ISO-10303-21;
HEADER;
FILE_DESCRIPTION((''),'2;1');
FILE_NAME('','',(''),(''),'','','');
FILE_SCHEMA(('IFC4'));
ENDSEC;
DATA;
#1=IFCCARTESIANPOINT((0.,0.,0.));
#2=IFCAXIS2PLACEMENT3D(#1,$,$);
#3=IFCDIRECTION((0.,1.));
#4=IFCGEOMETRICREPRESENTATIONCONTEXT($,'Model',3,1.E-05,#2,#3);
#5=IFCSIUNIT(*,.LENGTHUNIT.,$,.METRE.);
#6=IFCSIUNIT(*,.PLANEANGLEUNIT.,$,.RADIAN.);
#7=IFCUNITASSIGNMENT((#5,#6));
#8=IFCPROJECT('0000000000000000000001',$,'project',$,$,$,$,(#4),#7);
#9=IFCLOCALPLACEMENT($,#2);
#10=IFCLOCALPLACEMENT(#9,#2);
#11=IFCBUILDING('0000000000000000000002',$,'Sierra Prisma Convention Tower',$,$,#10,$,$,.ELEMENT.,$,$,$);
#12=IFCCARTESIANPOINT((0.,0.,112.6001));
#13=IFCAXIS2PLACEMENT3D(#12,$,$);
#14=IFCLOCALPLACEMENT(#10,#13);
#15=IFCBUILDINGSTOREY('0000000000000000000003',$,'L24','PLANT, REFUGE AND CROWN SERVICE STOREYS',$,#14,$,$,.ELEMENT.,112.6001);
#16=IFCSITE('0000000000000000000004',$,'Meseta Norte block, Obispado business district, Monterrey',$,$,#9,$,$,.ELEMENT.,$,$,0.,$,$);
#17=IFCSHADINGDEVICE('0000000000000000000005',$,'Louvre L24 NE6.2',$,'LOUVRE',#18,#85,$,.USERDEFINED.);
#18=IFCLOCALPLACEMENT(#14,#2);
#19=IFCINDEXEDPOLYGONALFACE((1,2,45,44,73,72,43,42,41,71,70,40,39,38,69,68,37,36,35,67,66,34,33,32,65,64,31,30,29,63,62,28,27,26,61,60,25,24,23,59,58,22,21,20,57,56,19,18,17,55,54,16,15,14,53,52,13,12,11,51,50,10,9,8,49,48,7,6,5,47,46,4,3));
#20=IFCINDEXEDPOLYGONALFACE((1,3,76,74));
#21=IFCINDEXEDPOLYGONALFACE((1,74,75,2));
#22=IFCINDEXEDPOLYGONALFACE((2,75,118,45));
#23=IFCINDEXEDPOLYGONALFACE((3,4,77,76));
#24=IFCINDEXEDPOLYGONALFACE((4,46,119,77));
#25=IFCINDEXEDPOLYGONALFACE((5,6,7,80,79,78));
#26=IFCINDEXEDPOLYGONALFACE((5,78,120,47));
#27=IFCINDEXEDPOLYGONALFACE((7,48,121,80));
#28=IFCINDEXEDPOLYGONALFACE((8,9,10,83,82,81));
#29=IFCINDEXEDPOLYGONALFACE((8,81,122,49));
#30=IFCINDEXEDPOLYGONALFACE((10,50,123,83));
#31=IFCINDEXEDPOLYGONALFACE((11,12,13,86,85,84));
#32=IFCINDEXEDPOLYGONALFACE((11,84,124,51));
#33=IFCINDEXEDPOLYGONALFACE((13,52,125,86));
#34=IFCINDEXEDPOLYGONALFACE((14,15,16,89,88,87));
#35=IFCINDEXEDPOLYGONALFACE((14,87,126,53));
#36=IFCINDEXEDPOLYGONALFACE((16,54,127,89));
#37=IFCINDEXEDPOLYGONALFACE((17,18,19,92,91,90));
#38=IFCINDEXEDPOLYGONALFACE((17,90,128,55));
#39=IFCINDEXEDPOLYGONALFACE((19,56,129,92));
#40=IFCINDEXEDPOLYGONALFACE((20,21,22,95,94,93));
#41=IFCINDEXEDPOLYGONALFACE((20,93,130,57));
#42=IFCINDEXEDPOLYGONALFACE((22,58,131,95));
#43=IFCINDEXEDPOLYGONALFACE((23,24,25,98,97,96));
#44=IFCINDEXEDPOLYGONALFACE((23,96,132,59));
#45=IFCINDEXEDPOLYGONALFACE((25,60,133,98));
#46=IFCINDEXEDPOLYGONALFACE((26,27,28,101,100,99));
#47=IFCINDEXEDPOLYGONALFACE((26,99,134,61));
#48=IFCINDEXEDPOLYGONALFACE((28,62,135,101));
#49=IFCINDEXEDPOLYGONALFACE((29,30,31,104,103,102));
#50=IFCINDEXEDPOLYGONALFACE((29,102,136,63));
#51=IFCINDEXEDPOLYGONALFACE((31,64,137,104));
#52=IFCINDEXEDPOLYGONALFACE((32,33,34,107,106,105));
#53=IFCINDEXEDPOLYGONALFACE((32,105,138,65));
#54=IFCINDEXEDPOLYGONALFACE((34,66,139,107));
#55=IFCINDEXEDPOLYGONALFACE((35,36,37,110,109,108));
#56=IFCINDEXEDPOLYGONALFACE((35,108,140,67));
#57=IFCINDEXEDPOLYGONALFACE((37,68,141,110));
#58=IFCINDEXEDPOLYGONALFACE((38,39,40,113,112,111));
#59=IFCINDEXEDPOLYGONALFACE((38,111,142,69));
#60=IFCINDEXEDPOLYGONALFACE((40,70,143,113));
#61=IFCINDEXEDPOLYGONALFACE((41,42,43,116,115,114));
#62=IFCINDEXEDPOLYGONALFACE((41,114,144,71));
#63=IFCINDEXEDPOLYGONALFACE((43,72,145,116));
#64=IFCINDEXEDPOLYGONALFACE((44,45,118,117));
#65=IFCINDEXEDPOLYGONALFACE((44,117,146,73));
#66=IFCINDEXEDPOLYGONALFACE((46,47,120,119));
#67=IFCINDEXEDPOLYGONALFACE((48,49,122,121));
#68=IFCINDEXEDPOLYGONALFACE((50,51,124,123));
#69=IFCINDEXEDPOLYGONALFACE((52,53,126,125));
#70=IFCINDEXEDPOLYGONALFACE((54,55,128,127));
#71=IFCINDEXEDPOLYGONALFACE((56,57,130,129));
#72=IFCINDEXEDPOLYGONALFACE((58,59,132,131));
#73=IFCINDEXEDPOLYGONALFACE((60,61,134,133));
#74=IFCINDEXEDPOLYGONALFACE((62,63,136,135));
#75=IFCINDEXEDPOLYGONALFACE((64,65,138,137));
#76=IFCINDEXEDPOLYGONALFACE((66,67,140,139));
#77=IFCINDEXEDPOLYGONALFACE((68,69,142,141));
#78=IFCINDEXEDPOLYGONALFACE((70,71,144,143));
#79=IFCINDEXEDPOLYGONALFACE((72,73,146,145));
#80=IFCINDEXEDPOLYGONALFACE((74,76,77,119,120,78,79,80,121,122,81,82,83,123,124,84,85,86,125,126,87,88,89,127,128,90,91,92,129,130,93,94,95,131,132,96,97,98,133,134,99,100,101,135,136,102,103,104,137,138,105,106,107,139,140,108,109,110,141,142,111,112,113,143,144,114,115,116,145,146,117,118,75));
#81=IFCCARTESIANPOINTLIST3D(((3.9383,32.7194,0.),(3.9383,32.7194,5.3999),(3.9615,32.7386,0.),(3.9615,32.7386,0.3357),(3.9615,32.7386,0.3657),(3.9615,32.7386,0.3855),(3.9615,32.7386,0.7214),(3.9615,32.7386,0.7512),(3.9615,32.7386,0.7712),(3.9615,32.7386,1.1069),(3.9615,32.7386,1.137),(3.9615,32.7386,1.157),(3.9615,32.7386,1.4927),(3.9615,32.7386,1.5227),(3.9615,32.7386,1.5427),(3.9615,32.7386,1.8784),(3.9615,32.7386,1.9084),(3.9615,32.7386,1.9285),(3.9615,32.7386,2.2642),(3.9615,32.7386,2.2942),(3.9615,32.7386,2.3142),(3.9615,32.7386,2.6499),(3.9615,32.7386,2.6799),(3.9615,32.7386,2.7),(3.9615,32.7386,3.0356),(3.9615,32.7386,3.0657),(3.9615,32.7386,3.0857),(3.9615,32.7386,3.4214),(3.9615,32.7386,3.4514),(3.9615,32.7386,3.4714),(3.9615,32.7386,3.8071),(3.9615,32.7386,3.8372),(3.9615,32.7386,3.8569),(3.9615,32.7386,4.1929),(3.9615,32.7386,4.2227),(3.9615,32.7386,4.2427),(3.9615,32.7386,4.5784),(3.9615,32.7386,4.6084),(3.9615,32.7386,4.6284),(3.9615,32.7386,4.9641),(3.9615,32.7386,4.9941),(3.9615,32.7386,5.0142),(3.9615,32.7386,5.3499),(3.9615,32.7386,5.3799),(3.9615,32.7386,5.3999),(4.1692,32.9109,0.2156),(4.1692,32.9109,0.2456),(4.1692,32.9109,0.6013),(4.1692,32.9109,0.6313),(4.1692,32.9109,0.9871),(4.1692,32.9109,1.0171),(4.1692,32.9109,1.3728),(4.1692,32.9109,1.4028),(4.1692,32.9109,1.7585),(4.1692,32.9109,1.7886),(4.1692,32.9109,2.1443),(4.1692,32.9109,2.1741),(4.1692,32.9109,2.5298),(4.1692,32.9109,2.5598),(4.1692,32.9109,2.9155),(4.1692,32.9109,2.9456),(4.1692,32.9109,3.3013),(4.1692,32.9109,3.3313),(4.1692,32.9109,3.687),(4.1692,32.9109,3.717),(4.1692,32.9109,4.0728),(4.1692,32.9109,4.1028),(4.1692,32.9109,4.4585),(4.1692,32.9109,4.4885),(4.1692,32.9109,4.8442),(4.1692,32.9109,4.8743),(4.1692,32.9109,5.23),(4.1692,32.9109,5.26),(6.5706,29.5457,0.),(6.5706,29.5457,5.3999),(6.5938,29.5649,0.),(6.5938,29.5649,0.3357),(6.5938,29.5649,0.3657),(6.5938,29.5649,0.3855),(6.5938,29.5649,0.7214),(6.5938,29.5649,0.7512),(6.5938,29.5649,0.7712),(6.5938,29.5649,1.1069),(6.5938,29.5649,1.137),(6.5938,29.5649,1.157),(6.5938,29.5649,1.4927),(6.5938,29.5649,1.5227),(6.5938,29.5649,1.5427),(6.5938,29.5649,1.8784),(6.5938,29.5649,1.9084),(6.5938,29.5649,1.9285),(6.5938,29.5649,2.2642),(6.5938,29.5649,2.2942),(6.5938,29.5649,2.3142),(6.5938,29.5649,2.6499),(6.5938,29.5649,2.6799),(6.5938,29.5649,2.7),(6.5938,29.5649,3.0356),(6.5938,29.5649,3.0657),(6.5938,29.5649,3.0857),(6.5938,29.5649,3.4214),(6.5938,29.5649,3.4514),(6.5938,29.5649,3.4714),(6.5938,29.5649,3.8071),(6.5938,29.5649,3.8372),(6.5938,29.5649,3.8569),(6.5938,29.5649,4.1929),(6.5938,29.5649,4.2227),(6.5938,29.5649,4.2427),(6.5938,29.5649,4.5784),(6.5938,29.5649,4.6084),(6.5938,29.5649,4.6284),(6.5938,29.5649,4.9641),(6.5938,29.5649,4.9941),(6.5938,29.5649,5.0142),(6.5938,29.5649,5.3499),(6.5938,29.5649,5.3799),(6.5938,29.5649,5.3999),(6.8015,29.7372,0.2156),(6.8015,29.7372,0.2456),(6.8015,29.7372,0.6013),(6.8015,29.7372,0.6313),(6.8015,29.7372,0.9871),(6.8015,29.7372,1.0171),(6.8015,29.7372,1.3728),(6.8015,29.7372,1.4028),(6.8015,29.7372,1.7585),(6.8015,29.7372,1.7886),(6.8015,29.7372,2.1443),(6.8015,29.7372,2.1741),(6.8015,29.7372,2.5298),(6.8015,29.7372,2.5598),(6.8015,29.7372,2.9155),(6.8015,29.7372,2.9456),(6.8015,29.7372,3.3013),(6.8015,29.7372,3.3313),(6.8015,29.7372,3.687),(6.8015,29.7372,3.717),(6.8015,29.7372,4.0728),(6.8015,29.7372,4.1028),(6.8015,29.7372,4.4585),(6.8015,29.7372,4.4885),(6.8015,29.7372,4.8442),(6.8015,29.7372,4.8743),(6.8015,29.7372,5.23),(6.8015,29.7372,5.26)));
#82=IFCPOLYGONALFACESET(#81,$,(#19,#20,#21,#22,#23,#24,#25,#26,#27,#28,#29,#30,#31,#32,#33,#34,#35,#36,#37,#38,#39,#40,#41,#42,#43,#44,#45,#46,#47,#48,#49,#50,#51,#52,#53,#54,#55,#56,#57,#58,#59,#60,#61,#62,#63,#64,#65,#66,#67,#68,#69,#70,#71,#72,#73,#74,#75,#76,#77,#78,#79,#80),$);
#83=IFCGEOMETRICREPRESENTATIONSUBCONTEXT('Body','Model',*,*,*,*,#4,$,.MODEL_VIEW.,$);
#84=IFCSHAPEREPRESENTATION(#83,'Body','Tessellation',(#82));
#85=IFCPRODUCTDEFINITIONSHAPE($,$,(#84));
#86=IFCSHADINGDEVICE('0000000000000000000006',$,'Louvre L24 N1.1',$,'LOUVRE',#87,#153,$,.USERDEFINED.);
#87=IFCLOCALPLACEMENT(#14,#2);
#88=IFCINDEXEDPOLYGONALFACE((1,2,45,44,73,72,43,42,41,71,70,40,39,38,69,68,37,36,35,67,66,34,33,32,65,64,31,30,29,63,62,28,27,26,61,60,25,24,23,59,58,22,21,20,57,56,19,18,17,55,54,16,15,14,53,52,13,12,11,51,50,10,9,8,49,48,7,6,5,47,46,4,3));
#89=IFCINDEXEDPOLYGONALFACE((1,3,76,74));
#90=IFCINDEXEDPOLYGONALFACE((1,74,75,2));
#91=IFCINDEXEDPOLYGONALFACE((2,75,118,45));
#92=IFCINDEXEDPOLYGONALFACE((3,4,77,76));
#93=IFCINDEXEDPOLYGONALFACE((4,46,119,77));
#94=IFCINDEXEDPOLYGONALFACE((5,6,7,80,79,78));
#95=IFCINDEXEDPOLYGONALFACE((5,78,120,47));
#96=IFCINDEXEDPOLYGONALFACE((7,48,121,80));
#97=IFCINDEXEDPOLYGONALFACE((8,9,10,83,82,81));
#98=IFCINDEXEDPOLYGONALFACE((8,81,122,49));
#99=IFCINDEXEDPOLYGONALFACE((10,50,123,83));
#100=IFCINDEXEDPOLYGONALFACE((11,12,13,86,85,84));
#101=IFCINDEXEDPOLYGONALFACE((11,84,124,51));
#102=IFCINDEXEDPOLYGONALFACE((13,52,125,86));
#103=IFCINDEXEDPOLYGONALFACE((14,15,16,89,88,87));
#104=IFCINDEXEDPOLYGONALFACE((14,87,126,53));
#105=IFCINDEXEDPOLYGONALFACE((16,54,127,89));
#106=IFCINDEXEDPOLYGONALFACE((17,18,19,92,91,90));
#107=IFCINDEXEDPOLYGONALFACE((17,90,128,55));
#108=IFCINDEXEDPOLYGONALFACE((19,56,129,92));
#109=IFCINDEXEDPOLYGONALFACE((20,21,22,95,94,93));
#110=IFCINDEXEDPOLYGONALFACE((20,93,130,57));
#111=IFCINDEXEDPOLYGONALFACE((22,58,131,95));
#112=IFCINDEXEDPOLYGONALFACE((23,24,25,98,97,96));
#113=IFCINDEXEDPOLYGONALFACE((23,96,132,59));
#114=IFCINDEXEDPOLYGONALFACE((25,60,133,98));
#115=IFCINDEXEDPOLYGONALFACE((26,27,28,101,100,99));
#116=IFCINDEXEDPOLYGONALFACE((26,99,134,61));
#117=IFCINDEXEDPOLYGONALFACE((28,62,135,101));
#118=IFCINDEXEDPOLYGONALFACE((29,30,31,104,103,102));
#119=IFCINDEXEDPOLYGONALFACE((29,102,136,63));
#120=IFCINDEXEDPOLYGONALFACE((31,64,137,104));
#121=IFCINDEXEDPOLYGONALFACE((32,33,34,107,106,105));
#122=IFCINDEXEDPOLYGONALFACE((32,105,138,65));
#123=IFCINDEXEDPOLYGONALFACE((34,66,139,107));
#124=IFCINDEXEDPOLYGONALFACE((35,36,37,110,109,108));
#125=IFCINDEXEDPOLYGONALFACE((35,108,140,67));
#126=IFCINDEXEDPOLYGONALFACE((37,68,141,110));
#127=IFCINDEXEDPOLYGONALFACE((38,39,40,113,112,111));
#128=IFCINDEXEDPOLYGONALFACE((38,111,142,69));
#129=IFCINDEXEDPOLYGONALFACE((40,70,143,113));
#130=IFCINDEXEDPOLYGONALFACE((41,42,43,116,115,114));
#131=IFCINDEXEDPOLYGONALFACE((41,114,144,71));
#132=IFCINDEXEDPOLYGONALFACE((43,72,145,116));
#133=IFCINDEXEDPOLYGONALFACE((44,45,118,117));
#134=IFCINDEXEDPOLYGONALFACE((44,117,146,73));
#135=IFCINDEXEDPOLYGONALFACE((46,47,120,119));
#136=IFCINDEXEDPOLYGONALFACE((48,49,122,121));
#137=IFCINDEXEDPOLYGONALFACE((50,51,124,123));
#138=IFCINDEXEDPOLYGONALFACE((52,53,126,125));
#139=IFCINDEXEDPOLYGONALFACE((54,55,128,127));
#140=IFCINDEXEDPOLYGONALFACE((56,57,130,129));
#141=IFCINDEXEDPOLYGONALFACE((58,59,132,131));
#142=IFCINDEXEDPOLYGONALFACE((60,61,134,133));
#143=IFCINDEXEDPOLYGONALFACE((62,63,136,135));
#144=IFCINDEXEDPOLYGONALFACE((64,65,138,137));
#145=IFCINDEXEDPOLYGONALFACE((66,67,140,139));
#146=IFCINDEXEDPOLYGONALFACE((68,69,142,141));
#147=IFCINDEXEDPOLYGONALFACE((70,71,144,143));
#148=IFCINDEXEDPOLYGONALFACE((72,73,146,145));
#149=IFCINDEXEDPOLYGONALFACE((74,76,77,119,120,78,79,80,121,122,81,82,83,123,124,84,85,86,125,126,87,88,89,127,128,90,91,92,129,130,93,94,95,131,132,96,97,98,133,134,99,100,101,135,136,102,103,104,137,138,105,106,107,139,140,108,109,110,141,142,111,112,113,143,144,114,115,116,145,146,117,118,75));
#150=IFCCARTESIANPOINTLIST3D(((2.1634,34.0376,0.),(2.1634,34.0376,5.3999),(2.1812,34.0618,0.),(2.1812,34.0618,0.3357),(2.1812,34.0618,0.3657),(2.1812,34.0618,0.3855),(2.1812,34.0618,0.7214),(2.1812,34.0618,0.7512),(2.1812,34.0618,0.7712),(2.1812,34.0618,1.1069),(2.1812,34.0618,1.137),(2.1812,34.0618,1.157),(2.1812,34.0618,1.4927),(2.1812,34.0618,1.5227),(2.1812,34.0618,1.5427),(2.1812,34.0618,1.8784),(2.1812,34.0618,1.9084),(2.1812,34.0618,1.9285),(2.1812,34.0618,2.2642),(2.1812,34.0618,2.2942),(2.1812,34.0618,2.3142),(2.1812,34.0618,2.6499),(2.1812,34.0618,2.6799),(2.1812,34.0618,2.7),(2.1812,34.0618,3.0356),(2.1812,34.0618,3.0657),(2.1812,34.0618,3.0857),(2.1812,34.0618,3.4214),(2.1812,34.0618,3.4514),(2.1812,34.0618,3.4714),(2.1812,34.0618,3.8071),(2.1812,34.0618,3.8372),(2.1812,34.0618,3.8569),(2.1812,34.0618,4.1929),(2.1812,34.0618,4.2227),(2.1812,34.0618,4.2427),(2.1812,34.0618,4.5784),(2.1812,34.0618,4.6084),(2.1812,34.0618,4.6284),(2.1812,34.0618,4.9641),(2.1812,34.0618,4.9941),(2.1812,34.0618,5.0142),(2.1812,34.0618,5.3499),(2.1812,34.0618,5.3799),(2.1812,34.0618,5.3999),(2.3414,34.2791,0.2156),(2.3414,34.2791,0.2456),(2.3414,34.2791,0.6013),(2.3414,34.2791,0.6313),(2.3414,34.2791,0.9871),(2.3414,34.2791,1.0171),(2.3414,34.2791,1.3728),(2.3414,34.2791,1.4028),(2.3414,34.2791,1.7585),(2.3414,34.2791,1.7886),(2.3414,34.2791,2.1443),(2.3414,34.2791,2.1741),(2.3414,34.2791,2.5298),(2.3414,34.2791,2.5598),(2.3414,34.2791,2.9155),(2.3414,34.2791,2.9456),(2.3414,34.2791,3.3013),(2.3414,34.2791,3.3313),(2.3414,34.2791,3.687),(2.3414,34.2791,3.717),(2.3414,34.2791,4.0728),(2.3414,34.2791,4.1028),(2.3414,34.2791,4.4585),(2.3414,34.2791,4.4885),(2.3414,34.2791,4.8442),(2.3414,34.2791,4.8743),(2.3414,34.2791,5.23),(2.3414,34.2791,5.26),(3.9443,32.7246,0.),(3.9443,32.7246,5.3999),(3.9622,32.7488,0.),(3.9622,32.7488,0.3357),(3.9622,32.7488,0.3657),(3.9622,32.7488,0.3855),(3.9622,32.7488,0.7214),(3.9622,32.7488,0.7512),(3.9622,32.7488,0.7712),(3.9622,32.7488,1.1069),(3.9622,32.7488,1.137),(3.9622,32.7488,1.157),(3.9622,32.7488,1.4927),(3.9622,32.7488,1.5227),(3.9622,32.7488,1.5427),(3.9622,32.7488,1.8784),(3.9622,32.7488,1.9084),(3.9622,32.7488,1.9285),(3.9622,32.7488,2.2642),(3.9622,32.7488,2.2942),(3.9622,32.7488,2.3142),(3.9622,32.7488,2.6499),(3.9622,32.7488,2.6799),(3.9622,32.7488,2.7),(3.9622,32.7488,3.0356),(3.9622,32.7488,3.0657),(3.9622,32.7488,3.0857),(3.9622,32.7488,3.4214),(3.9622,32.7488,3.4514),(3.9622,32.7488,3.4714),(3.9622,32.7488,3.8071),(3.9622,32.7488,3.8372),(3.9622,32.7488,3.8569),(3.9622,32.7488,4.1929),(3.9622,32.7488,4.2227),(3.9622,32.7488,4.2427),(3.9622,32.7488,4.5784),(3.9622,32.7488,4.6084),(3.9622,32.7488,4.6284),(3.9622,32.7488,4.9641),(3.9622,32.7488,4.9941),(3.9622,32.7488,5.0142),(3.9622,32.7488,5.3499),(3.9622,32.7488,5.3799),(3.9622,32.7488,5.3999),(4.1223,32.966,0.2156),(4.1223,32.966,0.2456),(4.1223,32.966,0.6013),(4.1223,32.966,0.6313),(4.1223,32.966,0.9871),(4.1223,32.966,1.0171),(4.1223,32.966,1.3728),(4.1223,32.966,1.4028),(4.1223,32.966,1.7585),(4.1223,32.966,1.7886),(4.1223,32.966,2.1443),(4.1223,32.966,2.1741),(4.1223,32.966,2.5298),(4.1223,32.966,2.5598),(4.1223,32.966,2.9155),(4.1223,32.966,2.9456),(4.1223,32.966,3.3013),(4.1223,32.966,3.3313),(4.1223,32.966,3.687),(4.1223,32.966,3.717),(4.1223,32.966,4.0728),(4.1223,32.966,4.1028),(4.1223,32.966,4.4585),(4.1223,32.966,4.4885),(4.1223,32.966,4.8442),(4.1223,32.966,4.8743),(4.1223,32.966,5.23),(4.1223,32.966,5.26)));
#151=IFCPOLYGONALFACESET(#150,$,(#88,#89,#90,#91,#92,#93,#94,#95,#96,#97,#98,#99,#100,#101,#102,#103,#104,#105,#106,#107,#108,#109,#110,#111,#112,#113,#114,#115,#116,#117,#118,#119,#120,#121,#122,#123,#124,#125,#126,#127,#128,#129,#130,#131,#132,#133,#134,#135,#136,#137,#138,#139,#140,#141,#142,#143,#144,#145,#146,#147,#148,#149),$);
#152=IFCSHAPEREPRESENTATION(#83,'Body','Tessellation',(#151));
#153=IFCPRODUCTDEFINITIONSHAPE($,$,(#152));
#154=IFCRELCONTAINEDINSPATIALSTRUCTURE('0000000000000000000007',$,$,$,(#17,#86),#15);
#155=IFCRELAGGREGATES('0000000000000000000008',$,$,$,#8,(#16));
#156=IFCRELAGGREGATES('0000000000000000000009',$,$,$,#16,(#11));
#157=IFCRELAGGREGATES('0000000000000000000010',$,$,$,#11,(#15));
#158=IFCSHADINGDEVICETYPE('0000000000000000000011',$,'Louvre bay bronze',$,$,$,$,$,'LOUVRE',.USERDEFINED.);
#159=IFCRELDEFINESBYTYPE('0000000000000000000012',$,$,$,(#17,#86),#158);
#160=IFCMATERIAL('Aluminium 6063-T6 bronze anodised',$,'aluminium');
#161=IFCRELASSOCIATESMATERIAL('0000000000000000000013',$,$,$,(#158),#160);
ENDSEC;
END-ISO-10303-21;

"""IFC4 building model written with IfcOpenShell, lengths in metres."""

from ifc_helpers import new_model, si_unit, direction, frame, origin, place, context, subcontext, project, spatial, polyline, outline, extrude, material, type_object, element, save


model = new_model("IFC4")

# Units and contexts
model_context = context("Model", 3, precision=1e-05, world=origin(), true_north=direction((0.0, 1.0)))
body_context = subcontext(model_context, "Body", "Model", "MODEL_VIEW")
ifc_project = project(units=[si_unit("LENGTHUNIT", "METRE"), si_unit("PLANEANGLEUNIT", "RADIAN")], contexts=[model_context])

# Site, building, storey
site_placement = place(None, origin())
site = spatial("IfcSite", under=ifc_project, at=site_placement, Name="Meseta Norte block, Obispado business district, Monterrey", CompositionType="ELEMENT", RefElevation=0.0)
building_placement = place(site_placement, origin())
building = spatial("IfcBuilding", under=site, at=building_placement, Name="Sierra Prisma Convention Tower", CompositionType="ELEMENT")
storey_placement = place(building_placement, frame((0.0, 0.0, 112.6001)))
storey = spatial("IfcBuildingStorey", under=building, at=storey_placement, Name="L24", Description="PLANT, REFUGE AND CROWN SERVICE STOREYS", CompositionType="ELEMENT", Elevation=112.6001)

# Shading devices
ifc_material_1 = material(Name="Aluminium 6063-T6 bronze anodised", Category="aluminium")
shading_device_type = type_object("IfcShadingDeviceType", Name="Louvre bay bronze", ElementType="LOUVRE", PredefinedType="USERDEFINED", material=ifc_material_1)
shading_device_1_placement = place(storey_placement, frame((6.5706, 29.5457, 0.0), z_axis=(0.638399, -0.769706, 0.0), x_axis=(0.0, 0.0, 1.0)))
element("IfcShadingDevice", 1, at=shading_device_1_placement, inside=storey, type_object=shading_device_type, Name="Louvre L24 NE6.2", ObjectType="LOUVRE", PredefinedType="USERDEFINED", context=body_context, shape_type="SweptSolid", body=[
    extrude(outline(polyline([(0.0, 0.0), (5.3999, 0.0), (5.3999, -0.0302), (5.3799, -0.0302), (5.26, -0.3), (5.23, -0.3), (5.3499, -0.0302), (5.0142, -0.0302), (4.9941, -0.0302), (4.8743, -0.3), (4.8442, -0.3), (4.9641, -0.0302), (4.6284, -0.0302), (4.6084, -0.0302), (4.4885, -0.3), (4.4585, -0.3), (4.5784, -0.0302), (4.2427, -0.0302), (4.2227, -0.0302), (4.1028, -0.3), (4.0728, -0.3), (4.1929, -0.0302), (3.8569, -0.0302), (3.8372, -0.0302), (3.717, -0.3), (3.687, -0.3), (3.8071, -0.0302), (3.4714, -0.0302), (3.4514, -0.0302), (3.3313, -0.3), (3.3013, -0.3), (3.4214, -0.0302), (3.0857, -0.0302), (3.0657, -0.0302), (2.9456, -0.3), (2.9155, -0.3), (3.0356, -0.0302), (2.7, -0.0302), (2.6799, -0.0302), (2.5598, -0.3), (2.5298, -0.3), (2.6499, -0.0302), (2.3142, -0.0302), (2.2942, -0.0302), (2.1741, -0.3), (2.1443, -0.3), (2.2642, -0.0302), (1.9285, -0.0302), (1.9084, -0.0302), (1.7886, -0.3), (1.7585, -0.3), (1.8784, -0.0302), (1.5427, -0.0302), (1.5227, -0.0302), (1.4028, -0.3), (1.3728, -0.3), (1.4927, -0.0302), (1.157, -0.0302), (1.137, -0.0302), (1.0171, -0.3), (0.9871, -0.3), (1.1069, -0.0302), (0.7712, -0.0302), (0.7512, -0.0302), (0.6313, -0.3), (0.6013, -0.3), (0.7214, -0.0302), (0.3855, -0.0302), (0.3657, -0.0302), (0.2456, -0.3), (0.2156, -0.3), (0.3357, -0.0302), (0.0, -0.0302), (0.0, 0.0)])), origin(), (0.0, 0.0, -1.0), 4.1233),
])
shading_device_2_placement = place(storey_placement, frame((3.9443, 32.7246, 0.0), z_axis=(0.804898, -0.593413, 0.0), x_axis=(0.0, 0.0, 1.0)))
element("IfcShadingDevice", 2, at=shading_device_2_placement, inside=storey, type_object=shading_device_type, Name="Louvre L24 N1.1", ObjectType="LOUVRE", PredefinedType="USERDEFINED", context=body_context, shape_type="SweptSolid", body=[
    extrude(outline(polyline([(0.0, 0.0), (5.3999, 0.0), (5.3999, -0.03), (5.3799, -0.03), (5.26, -0.3), (5.23, -0.3), (5.3499, -0.03), (5.0142, -0.03), (4.9941, -0.03), (4.8743, -0.3), (4.8442, -0.3), (4.9641, -0.03), (4.6284, -0.03), (4.6084, -0.03), (4.4885, -0.3), (4.4585, -0.3), (4.5784, -0.03), (4.2427, -0.03), (4.2227, -0.03), (4.1028, -0.3), (4.0728, -0.3), (4.1929, -0.03), (3.8569, -0.03), (3.8372, -0.03), (3.717, -0.3), (3.687, -0.3), (3.8071, -0.03), (3.4714, -0.03), (3.4514, -0.03), (3.3313, -0.3), (3.3013, -0.3), (3.4214, -0.03), (3.0857, -0.03), (3.0657, -0.03), (2.9456, -0.3), (2.9155, -0.3), (3.0356, -0.03), (2.7, -0.03), (2.6799, -0.03), (2.5598, -0.3), (2.5298, -0.3), (2.6499, -0.03), (2.3142, -0.03), (2.2942, -0.03), (2.1741, -0.3), (2.1443, -0.3), (2.2642, -0.03), (1.9285, -0.03), (1.9084, -0.03), (1.7886, -0.3), (1.7585, -0.3), (1.8784, -0.03), (1.5427, -0.03), (1.5227, -0.03), (1.4028, -0.3), (1.3728, -0.3), (1.4927, -0.03), (1.157, -0.03), (1.137, -0.03), (1.0171, -0.3), (0.9871, -0.3), (1.1069, -0.03), (0.7712, -0.03), (0.7512, -0.03), (0.6313, -0.3), (0.6013, -0.3), (0.7214, -0.03), (0.3855, -0.03), (0.3657, -0.03), (0.2456, -0.3), (0.2156, -0.3), (0.3357, -0.03), (0.0, -0.03), (0.0, 0.0)])), origin(), (0.0, 0.0, -1.0), 2.2126),
])

save(model, "model.ifc")
